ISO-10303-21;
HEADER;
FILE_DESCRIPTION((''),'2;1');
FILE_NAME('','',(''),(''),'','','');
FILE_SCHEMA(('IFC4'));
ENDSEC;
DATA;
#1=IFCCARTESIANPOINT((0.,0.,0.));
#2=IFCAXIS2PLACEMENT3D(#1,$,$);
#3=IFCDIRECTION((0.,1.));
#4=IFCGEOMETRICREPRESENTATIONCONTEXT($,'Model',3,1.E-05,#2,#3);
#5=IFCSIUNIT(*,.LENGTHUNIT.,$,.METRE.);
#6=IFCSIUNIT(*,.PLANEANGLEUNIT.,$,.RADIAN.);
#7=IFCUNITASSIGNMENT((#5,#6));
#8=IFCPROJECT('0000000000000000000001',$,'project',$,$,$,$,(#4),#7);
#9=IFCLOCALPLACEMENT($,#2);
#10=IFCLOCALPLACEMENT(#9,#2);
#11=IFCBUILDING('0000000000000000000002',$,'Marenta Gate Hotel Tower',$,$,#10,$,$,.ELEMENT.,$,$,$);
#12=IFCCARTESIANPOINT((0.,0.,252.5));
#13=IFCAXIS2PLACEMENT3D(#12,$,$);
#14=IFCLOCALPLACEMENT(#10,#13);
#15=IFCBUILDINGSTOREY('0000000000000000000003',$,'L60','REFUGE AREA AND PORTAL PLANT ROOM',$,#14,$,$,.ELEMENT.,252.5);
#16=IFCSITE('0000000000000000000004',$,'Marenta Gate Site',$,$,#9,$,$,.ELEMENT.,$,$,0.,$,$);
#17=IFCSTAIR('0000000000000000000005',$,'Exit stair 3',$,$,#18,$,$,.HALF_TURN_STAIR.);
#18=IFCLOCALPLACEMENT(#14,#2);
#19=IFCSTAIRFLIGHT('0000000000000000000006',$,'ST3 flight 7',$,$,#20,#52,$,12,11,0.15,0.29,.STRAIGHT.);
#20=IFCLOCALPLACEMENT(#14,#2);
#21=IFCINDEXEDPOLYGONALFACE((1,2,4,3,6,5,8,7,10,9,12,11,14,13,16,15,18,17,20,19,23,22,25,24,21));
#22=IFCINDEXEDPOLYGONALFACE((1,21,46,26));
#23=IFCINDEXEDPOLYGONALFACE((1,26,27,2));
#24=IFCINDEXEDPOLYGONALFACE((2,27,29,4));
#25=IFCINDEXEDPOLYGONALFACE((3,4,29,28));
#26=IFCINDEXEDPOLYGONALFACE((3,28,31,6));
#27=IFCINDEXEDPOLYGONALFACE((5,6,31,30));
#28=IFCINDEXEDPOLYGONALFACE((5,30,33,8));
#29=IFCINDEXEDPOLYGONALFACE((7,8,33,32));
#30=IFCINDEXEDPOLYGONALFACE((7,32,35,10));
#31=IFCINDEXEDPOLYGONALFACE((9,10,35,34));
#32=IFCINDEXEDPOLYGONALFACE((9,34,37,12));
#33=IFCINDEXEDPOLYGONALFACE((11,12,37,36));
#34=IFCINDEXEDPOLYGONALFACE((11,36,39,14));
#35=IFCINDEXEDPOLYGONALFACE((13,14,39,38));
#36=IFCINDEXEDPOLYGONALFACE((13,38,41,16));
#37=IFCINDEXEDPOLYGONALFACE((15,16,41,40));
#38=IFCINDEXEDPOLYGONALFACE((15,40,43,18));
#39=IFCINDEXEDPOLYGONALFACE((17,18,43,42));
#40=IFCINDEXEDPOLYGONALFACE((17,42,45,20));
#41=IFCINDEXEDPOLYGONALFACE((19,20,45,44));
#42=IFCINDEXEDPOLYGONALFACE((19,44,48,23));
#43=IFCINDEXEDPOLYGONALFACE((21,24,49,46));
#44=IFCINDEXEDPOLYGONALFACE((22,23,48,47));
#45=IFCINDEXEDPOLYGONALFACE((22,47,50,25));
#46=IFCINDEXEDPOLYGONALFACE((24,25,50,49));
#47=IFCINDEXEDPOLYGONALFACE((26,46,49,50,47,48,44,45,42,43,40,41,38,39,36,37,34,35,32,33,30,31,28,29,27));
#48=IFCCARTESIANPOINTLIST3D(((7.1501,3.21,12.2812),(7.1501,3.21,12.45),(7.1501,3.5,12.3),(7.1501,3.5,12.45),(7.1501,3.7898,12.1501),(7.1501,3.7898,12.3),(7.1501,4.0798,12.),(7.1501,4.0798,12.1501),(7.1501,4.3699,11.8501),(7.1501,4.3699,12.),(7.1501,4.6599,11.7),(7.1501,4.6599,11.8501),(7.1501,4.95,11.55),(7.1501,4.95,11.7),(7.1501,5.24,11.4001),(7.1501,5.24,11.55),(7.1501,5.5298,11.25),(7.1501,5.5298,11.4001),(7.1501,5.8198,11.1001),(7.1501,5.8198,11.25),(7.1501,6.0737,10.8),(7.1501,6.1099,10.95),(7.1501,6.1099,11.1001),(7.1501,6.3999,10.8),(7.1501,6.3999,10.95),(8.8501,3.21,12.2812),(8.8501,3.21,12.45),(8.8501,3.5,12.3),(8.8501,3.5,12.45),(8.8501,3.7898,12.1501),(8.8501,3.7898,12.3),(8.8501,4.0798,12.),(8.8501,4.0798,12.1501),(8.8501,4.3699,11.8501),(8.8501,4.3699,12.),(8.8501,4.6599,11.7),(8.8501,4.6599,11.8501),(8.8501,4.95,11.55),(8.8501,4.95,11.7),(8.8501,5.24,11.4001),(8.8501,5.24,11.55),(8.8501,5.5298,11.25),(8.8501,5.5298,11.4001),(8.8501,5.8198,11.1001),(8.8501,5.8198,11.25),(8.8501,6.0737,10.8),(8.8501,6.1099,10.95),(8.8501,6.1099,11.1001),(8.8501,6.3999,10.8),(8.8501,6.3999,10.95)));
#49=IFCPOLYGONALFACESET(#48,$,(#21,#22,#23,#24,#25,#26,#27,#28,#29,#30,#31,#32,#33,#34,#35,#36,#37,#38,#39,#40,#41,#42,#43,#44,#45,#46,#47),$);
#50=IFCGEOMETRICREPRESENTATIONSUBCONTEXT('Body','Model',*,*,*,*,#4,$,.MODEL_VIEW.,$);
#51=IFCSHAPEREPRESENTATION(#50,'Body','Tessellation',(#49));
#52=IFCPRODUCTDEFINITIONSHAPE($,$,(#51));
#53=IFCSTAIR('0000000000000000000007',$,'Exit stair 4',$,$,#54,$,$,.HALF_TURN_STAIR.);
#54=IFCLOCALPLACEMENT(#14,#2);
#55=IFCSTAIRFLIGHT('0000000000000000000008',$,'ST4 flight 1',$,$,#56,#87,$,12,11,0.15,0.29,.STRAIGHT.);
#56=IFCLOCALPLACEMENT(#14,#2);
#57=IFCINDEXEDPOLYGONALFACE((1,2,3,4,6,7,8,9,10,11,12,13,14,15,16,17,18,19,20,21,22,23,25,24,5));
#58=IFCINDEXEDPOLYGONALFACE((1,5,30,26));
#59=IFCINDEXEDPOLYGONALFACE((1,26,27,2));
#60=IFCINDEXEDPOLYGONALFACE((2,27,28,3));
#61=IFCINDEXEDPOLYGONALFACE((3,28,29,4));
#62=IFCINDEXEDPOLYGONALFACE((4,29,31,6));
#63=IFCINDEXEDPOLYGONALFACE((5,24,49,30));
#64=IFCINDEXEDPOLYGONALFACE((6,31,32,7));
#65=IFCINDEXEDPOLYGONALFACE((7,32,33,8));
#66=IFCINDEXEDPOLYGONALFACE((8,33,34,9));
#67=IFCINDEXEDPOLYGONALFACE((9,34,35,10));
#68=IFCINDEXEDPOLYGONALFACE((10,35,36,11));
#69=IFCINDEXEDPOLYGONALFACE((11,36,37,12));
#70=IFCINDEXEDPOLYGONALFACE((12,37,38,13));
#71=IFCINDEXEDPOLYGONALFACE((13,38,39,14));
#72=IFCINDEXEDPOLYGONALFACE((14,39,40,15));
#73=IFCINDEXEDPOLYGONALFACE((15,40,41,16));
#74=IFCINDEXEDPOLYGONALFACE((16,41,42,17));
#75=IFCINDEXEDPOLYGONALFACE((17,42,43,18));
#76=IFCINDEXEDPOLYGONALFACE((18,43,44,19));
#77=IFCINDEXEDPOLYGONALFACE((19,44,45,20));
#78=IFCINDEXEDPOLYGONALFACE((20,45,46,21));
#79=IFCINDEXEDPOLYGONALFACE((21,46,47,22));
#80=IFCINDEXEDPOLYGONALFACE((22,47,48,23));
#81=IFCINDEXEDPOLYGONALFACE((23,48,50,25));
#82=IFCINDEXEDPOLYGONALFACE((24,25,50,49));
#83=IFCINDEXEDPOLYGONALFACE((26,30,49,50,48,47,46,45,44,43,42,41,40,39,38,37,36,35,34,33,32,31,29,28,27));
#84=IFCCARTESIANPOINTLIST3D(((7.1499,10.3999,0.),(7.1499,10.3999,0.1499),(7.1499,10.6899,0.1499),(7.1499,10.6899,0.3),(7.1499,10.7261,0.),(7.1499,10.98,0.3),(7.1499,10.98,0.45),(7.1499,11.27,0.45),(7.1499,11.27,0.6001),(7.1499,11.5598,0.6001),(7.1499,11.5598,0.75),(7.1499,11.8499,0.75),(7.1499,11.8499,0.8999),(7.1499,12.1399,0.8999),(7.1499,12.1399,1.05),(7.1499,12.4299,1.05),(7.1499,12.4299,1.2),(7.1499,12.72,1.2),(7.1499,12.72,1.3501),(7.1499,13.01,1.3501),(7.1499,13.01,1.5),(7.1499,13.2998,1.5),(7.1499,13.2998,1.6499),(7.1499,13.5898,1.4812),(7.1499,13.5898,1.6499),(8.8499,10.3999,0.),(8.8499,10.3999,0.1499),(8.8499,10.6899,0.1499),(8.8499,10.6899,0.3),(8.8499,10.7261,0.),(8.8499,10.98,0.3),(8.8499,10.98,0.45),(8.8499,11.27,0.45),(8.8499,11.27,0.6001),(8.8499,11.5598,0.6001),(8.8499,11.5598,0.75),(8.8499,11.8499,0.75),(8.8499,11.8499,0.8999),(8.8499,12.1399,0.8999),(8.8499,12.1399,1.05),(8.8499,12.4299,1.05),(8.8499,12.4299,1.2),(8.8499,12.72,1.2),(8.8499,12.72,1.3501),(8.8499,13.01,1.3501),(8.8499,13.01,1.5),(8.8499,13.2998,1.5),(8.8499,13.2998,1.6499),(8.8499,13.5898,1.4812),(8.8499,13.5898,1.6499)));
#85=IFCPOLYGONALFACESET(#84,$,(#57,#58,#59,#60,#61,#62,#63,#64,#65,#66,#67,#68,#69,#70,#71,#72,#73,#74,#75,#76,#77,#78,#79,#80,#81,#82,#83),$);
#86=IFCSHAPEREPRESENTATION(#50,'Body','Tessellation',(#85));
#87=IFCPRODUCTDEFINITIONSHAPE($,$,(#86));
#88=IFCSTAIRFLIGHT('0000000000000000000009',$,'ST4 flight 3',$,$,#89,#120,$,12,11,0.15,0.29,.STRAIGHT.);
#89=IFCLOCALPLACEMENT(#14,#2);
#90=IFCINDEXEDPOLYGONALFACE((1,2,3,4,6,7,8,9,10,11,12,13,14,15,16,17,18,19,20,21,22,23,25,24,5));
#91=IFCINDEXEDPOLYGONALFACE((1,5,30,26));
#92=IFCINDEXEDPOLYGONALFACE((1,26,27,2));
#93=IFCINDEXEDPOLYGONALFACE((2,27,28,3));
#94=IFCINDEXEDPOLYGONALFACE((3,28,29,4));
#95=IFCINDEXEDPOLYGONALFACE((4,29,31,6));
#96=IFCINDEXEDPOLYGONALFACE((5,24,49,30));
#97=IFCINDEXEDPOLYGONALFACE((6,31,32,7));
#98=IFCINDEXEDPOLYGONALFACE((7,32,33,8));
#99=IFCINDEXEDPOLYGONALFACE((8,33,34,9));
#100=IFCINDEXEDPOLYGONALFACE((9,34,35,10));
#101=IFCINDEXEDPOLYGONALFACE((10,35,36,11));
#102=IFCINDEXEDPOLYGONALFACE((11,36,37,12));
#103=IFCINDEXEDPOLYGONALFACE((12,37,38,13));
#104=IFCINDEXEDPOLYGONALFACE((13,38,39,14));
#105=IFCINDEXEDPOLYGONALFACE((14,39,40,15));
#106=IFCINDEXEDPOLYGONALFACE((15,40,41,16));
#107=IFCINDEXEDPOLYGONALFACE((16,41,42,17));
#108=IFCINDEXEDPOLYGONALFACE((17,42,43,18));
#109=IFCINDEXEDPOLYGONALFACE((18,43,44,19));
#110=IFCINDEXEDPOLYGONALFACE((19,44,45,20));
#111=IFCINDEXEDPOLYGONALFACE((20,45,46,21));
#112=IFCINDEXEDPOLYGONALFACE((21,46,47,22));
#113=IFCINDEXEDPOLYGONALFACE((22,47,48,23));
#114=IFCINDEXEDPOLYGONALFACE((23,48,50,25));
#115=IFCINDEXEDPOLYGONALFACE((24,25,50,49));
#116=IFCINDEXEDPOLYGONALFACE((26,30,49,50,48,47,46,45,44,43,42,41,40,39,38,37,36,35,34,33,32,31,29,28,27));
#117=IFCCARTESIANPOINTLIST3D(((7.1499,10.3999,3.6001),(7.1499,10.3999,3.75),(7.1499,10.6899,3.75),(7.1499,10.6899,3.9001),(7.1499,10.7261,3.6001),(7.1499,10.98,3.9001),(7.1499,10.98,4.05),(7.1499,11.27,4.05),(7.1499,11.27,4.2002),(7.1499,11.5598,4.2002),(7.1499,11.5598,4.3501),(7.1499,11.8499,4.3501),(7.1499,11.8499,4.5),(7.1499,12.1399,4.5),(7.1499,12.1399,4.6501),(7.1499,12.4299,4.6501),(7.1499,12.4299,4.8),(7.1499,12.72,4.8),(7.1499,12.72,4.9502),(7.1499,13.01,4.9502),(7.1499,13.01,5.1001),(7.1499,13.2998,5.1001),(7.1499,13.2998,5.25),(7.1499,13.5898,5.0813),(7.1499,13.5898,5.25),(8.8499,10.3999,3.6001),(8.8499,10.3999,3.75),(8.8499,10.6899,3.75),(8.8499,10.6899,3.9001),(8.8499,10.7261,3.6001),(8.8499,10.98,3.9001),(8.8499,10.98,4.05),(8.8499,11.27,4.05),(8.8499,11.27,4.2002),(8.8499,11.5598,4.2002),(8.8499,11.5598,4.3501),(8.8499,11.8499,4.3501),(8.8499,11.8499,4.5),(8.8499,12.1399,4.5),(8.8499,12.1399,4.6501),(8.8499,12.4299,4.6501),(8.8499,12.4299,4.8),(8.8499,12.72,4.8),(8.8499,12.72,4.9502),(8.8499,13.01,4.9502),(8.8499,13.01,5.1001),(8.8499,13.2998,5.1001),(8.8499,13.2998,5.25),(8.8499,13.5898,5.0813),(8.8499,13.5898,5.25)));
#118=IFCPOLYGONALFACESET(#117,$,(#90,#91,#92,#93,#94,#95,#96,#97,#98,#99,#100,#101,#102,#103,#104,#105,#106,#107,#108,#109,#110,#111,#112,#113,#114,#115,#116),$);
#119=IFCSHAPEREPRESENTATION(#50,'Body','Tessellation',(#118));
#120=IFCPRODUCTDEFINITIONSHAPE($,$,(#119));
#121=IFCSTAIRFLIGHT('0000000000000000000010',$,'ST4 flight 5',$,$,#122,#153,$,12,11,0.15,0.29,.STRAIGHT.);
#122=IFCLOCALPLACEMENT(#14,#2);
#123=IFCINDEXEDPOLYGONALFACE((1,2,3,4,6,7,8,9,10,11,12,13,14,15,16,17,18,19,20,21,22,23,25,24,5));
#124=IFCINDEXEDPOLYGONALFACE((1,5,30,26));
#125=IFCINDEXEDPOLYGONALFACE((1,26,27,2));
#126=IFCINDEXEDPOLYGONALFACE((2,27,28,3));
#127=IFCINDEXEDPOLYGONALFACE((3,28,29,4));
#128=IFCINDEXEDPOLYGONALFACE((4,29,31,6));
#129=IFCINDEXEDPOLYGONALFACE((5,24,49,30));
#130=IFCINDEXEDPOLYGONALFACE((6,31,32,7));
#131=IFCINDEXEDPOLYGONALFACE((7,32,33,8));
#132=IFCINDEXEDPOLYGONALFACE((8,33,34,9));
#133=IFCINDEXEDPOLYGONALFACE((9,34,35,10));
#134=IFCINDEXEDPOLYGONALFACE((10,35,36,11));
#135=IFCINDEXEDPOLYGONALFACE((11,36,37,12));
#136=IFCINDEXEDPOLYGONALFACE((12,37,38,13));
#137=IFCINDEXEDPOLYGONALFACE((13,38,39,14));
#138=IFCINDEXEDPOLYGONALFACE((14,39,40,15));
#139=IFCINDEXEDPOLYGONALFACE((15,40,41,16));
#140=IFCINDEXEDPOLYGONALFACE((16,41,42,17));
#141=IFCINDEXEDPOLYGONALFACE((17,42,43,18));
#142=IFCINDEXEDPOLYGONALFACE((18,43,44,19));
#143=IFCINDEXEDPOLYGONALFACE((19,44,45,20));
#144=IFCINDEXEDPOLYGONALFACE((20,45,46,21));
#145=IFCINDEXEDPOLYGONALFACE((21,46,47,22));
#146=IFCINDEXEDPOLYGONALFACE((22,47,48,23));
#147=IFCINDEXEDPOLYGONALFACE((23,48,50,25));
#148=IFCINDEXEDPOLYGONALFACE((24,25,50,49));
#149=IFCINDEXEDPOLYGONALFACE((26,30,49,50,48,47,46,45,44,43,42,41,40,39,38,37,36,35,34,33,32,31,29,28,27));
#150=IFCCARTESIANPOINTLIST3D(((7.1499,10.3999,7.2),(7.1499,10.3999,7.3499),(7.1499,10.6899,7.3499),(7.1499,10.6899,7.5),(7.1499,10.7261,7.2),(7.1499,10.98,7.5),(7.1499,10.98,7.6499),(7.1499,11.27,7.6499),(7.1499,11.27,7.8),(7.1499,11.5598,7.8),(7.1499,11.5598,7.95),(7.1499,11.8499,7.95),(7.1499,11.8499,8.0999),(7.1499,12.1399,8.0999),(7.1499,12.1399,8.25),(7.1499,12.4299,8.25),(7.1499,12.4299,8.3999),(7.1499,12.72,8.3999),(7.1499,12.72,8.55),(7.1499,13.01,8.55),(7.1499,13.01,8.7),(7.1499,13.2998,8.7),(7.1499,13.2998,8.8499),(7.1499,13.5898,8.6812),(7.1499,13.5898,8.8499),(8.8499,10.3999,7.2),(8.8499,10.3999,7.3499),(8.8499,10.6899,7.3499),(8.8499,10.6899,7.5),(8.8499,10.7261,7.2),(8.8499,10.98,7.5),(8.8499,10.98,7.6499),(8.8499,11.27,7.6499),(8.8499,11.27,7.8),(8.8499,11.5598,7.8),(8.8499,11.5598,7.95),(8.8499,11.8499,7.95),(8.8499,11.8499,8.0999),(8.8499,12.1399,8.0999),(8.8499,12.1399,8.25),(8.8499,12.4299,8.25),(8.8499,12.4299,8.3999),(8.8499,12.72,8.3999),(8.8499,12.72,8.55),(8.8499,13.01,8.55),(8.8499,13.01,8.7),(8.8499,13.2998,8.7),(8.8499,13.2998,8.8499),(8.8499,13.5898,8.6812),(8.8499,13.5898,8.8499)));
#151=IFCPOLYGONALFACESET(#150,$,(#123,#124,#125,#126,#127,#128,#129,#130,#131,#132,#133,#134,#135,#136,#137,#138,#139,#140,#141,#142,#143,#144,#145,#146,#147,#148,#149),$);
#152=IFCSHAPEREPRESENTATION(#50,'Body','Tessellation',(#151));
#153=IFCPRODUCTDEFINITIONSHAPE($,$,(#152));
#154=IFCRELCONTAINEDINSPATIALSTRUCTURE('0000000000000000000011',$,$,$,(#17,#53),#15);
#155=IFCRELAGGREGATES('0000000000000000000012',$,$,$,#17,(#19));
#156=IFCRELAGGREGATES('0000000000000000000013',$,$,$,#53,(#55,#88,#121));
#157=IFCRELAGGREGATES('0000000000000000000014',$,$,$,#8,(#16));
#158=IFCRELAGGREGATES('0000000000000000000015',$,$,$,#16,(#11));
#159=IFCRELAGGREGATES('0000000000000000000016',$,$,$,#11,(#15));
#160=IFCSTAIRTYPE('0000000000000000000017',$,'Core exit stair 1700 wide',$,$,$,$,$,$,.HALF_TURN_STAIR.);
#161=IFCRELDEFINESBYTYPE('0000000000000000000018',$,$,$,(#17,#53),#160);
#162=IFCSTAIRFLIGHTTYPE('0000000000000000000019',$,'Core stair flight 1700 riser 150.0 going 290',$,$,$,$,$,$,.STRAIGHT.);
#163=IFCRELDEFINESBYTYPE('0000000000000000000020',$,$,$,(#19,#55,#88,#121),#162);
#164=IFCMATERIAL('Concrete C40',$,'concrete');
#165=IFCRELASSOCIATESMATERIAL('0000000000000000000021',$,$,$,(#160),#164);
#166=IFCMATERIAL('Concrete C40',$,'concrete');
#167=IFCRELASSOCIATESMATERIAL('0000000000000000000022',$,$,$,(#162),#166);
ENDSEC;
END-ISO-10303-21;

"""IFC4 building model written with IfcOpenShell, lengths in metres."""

from ifc_helpers import new_model, si_unit, direction, frame, origin, place, context, subcontext, project, spatial, polyline, outline, extrude, material, type_object, element, aggregate, save


model = new_model("IFC4")

# Units and contexts
model_context = context("Model", 3, precision=1e-05, world=origin(), true_north=direction((0.0, 1.0)))
body_context = subcontext(model_context, "Body", "Model", "MODEL_VIEW")
ifc_project = project(units=[si_unit("LENGTHUNIT", "METRE"), si_unit("PLANEANGLEUNIT", "RADIAN")], contexts=[model_context])

# Site, building, storey
site_placement = place(None, origin())
site = spatial("IfcSite", under=ifc_project, at=site_placement, Name="Marenta Gate Site", CompositionType="ELEMENT", RefElevation=0.0)
building_placement = place(site_placement, origin())
building = spatial("IfcBuilding", under=site, at=building_placement, Name="Marenta Gate Hotel Tower", CompositionType="ELEMENT")
storey_placement = place(building_placement, frame((0.0, 0.0, 252.5)))
storey = spatial("IfcBuildingStorey", under=building, at=storey_placement, Name="L60", Description="REFUGE AREA AND PORTAL PLANT ROOM", CompositionType="ELEMENT", Elevation=252.5)

# Stair, stair flight
ifc_material_1 = material(Name="Concrete C40", Category="concrete")
stair_type = type_object("IfcStairType", Name="Core exit stair 1700 wide", PredefinedType="HALF_TURN_STAIR", material=ifc_material_1)
stair_1_placement = place(storey_placement, origin())
stair_1 = element("IfcStair", 1, at=stair_1_placement, inside=storey, type_object=stair_type, Name="Exit stair 3", PredefinedType="HALF_TURN_STAIR")
ifc_material_2 = material(Name="Concrete C40", Category="concrete")
stair_flight_type = type_object("IfcStairFlightType", Name="Core stair flight 1700 riser 150.0 going 290", PredefinedType="STRAIGHT", material=ifc_material_2)
stair_flight_1_placement = place(storey_placement, frame((8.0, 6.3999, 10.8), z_axis=(0.0, 0.0, 1.0), x_axis=(0.0, -1.0, 0.0)))
stair_flight_1 = element("IfcStairFlight", 2, at=stair_flight_1_placement, type_object=stair_flight_type, Name="ST3 flight 7", NumberOfRisers=12, NumberOfTreads=11, PredefinedType="STRAIGHT", RiserHeight=0.15, TreadLength=0.29, context=body_context, shape_type="SweptSolid", body=[
    extrude(outline(polyline([(0.0, 0.0), (0.0, 0.1499), (0.29, 0.1499), (0.29, 0.3), (0.5801, 0.3), (0.5801, 0.45), (0.8701, 0.45), (0.8701, 0.6001), (1.1599, 0.6001), (1.1599, 0.75), (1.45, 0.75), (1.45, 0.8999), (1.74, 0.8999), (1.74, 1.05), (2.03, 1.05), (2.03, 1.2), (2.3201, 1.2), (2.3201, 1.3501), (2.6101, 1.3501), (2.6101, 1.5), (2.8999, 1.5), (2.8999, 1.6499), (3.1899, 1.6499), (3.1899, 1.8), (3.1899, 1.4812), (0.3262, 0.0), (0.0, 0.0)])), frame((0.0, 0.8501, 0.0), z_axis=(0.0, -1.0, 0.0), x_axis=(1.0, 0.0, 0.0)), (0.0, 0.0, 1.0), 1.7),
])
aggregate(stair_1, [stair_flight_1])

# Stair, stair flights
stair_2_placement = place(storey_placement, origin())
stair_2 = element("IfcStair", 3, at=stair_2_placement, inside=storey, type_object=stair_type, Name="Exit stair 4", PredefinedType="HALF_TURN_STAIR")
stair_flight_2_placement = place(storey_placement, frame((8.0, 10.3999, 0.0), z_axis=(0.0, 0.0, 1.0), x_axis=(0.0, 1.0, 0.0)))
stair_flight_2 = element("IfcStairFlight", 4, at=stair_flight_2_placement, type_object=stair_flight_type, Name="ST4 flight 1", NumberOfRisers=12, NumberOfTreads=11, PredefinedType="STRAIGHT", RiserHeight=0.15, TreadLength=0.29, context=body_context, shape_type="SweptSolid", body=[
    extrude(outline(polyline([(0.0, 0.0), (0.0, 0.1499), (0.29, 0.1499), (0.29, 0.3), (0.5801, 0.3), (0.5801, 0.45), (0.8701, 0.45), (0.8701, 0.6001), (1.1599, 0.6001), (1.1599, 0.75), (1.45, 0.75), (1.45, 0.8999), (1.74, 0.8999), (1.74, 1.05), (2.03, 1.05), (2.03, 1.2), (2.3201, 1.2), (2.3201, 1.3501), (2.6101, 1.3501), (2.6101, 1.5), (2.8999, 1.5), (2.8999, 1.6499), (3.1899, 1.6499), (3.1899, 1.8), (3.1899, 1.4812), (0.3262, 0.0), (0.0, 0.0)])), frame((0.0, 0.8501, 0.0), z_axis=(0.0, -1.0, 0.0), x_axis=(1.0, 0.0, 0.0)), (0.0, 0.0, 1.0), 1.7),
])
stair_flight_3_placement = place(storey_placement, frame((8.0, 10.3999, 3.6001), z_axis=(0.0, 0.0, 1.0), x_axis=(0.0, 1.0, 0.0)))
stair_flight_3 = element("IfcStairFlight", 5, at=stair_flight_3_placement, type_object=stair_flight_type, Name="ST4 flight 3", NumberOfRisers=12, NumberOfTreads=11, PredefinedType="STRAIGHT", RiserHeight=0.15, TreadLength=0.29, context=body_context, shape_type="SweptSolid", body=[
    extrude(outline(polyline([(0.0, 0.0), (0.0, 0.1499), (0.29, 0.1499), (0.29, 0.3), (0.5801, 0.3), (0.5801, 0.45), (0.8701, 0.45), (0.8701, 0.6001), (1.1599, 0.6001), (1.1599, 0.75), (1.45, 0.75), (1.45, 0.8999), (1.74, 0.8999), (1.74, 1.05), (2.03, 1.05), (2.03, 1.2), (2.3201, 1.2), (2.3201, 1.3501), (2.6101, 1.3501), (2.6101, 1.5), (2.8999, 1.5), (2.8999, 1.6499), (3.1899, 1.6499), (3.1899, 1.8), (3.1899, 1.4812), (0.3262, 0.0), (0.0, 0.0)])), frame((0.0, 0.8501, 0.0), z_axis=(0.0, -1.0, 0.0), x_axis=(1.0, 0.0, 0.0)), (0.0, 0.0, 1.0), 1.7),
])
stair_flight_4_placement = place(storey_placement, frame((8.0, 10.3999, 7.2), z_axis=(0.0, 0.0, 1.0), x_axis=(0.0, 1.0, 0.0)))
stair_flight_4 = element("IfcStairFlight", 6, at=stair_flight_4_placement, type_object=stair_flight_type, Name="ST4 flight 5", NumberOfRisers=12, NumberOfTreads=11, PredefinedType="STRAIGHT", RiserHeight=0.15, TreadLength=0.29, context=body_context, shape_type="SweptSolid", body=[
    extrude(outline(polyline([(0.0, 0.0), (0.0, 0.1499), (0.29, 0.1499), (0.29, 0.3), (0.5801, 0.3), (0.5801, 0.45), (0.8701, 0.45), (0.8701, 0.6001), (1.1599, 0.6001), (1.1599, 0.75), (1.45, 0.75), (1.45, 0.8999), (1.74, 0.8999), (1.74, 1.05), (2.03, 1.05), (2.03, 1.2), (2.3201, 1.2), (2.3201, 1.3501), (2.6101, 1.3501), (2.6101, 1.5), (2.8999, 1.5), (2.8999, 1.6499), (3.1899, 1.6499), (3.1899, 1.8), (3.1899, 1.4812), (0.3262, 0.0), (0.0, 0.0)])), frame((0.0, 0.8501, 0.0), z_axis=(0.0, -1.0, 0.0), x_axis=(1.0, 0.0, 0.0)), (0.0, 0.0, 1.0), 1.7),
])
aggregate(stair_2, [stair_flight_2, stair_flight_3, stair_flight_4])

save(model, "model.ifc")
